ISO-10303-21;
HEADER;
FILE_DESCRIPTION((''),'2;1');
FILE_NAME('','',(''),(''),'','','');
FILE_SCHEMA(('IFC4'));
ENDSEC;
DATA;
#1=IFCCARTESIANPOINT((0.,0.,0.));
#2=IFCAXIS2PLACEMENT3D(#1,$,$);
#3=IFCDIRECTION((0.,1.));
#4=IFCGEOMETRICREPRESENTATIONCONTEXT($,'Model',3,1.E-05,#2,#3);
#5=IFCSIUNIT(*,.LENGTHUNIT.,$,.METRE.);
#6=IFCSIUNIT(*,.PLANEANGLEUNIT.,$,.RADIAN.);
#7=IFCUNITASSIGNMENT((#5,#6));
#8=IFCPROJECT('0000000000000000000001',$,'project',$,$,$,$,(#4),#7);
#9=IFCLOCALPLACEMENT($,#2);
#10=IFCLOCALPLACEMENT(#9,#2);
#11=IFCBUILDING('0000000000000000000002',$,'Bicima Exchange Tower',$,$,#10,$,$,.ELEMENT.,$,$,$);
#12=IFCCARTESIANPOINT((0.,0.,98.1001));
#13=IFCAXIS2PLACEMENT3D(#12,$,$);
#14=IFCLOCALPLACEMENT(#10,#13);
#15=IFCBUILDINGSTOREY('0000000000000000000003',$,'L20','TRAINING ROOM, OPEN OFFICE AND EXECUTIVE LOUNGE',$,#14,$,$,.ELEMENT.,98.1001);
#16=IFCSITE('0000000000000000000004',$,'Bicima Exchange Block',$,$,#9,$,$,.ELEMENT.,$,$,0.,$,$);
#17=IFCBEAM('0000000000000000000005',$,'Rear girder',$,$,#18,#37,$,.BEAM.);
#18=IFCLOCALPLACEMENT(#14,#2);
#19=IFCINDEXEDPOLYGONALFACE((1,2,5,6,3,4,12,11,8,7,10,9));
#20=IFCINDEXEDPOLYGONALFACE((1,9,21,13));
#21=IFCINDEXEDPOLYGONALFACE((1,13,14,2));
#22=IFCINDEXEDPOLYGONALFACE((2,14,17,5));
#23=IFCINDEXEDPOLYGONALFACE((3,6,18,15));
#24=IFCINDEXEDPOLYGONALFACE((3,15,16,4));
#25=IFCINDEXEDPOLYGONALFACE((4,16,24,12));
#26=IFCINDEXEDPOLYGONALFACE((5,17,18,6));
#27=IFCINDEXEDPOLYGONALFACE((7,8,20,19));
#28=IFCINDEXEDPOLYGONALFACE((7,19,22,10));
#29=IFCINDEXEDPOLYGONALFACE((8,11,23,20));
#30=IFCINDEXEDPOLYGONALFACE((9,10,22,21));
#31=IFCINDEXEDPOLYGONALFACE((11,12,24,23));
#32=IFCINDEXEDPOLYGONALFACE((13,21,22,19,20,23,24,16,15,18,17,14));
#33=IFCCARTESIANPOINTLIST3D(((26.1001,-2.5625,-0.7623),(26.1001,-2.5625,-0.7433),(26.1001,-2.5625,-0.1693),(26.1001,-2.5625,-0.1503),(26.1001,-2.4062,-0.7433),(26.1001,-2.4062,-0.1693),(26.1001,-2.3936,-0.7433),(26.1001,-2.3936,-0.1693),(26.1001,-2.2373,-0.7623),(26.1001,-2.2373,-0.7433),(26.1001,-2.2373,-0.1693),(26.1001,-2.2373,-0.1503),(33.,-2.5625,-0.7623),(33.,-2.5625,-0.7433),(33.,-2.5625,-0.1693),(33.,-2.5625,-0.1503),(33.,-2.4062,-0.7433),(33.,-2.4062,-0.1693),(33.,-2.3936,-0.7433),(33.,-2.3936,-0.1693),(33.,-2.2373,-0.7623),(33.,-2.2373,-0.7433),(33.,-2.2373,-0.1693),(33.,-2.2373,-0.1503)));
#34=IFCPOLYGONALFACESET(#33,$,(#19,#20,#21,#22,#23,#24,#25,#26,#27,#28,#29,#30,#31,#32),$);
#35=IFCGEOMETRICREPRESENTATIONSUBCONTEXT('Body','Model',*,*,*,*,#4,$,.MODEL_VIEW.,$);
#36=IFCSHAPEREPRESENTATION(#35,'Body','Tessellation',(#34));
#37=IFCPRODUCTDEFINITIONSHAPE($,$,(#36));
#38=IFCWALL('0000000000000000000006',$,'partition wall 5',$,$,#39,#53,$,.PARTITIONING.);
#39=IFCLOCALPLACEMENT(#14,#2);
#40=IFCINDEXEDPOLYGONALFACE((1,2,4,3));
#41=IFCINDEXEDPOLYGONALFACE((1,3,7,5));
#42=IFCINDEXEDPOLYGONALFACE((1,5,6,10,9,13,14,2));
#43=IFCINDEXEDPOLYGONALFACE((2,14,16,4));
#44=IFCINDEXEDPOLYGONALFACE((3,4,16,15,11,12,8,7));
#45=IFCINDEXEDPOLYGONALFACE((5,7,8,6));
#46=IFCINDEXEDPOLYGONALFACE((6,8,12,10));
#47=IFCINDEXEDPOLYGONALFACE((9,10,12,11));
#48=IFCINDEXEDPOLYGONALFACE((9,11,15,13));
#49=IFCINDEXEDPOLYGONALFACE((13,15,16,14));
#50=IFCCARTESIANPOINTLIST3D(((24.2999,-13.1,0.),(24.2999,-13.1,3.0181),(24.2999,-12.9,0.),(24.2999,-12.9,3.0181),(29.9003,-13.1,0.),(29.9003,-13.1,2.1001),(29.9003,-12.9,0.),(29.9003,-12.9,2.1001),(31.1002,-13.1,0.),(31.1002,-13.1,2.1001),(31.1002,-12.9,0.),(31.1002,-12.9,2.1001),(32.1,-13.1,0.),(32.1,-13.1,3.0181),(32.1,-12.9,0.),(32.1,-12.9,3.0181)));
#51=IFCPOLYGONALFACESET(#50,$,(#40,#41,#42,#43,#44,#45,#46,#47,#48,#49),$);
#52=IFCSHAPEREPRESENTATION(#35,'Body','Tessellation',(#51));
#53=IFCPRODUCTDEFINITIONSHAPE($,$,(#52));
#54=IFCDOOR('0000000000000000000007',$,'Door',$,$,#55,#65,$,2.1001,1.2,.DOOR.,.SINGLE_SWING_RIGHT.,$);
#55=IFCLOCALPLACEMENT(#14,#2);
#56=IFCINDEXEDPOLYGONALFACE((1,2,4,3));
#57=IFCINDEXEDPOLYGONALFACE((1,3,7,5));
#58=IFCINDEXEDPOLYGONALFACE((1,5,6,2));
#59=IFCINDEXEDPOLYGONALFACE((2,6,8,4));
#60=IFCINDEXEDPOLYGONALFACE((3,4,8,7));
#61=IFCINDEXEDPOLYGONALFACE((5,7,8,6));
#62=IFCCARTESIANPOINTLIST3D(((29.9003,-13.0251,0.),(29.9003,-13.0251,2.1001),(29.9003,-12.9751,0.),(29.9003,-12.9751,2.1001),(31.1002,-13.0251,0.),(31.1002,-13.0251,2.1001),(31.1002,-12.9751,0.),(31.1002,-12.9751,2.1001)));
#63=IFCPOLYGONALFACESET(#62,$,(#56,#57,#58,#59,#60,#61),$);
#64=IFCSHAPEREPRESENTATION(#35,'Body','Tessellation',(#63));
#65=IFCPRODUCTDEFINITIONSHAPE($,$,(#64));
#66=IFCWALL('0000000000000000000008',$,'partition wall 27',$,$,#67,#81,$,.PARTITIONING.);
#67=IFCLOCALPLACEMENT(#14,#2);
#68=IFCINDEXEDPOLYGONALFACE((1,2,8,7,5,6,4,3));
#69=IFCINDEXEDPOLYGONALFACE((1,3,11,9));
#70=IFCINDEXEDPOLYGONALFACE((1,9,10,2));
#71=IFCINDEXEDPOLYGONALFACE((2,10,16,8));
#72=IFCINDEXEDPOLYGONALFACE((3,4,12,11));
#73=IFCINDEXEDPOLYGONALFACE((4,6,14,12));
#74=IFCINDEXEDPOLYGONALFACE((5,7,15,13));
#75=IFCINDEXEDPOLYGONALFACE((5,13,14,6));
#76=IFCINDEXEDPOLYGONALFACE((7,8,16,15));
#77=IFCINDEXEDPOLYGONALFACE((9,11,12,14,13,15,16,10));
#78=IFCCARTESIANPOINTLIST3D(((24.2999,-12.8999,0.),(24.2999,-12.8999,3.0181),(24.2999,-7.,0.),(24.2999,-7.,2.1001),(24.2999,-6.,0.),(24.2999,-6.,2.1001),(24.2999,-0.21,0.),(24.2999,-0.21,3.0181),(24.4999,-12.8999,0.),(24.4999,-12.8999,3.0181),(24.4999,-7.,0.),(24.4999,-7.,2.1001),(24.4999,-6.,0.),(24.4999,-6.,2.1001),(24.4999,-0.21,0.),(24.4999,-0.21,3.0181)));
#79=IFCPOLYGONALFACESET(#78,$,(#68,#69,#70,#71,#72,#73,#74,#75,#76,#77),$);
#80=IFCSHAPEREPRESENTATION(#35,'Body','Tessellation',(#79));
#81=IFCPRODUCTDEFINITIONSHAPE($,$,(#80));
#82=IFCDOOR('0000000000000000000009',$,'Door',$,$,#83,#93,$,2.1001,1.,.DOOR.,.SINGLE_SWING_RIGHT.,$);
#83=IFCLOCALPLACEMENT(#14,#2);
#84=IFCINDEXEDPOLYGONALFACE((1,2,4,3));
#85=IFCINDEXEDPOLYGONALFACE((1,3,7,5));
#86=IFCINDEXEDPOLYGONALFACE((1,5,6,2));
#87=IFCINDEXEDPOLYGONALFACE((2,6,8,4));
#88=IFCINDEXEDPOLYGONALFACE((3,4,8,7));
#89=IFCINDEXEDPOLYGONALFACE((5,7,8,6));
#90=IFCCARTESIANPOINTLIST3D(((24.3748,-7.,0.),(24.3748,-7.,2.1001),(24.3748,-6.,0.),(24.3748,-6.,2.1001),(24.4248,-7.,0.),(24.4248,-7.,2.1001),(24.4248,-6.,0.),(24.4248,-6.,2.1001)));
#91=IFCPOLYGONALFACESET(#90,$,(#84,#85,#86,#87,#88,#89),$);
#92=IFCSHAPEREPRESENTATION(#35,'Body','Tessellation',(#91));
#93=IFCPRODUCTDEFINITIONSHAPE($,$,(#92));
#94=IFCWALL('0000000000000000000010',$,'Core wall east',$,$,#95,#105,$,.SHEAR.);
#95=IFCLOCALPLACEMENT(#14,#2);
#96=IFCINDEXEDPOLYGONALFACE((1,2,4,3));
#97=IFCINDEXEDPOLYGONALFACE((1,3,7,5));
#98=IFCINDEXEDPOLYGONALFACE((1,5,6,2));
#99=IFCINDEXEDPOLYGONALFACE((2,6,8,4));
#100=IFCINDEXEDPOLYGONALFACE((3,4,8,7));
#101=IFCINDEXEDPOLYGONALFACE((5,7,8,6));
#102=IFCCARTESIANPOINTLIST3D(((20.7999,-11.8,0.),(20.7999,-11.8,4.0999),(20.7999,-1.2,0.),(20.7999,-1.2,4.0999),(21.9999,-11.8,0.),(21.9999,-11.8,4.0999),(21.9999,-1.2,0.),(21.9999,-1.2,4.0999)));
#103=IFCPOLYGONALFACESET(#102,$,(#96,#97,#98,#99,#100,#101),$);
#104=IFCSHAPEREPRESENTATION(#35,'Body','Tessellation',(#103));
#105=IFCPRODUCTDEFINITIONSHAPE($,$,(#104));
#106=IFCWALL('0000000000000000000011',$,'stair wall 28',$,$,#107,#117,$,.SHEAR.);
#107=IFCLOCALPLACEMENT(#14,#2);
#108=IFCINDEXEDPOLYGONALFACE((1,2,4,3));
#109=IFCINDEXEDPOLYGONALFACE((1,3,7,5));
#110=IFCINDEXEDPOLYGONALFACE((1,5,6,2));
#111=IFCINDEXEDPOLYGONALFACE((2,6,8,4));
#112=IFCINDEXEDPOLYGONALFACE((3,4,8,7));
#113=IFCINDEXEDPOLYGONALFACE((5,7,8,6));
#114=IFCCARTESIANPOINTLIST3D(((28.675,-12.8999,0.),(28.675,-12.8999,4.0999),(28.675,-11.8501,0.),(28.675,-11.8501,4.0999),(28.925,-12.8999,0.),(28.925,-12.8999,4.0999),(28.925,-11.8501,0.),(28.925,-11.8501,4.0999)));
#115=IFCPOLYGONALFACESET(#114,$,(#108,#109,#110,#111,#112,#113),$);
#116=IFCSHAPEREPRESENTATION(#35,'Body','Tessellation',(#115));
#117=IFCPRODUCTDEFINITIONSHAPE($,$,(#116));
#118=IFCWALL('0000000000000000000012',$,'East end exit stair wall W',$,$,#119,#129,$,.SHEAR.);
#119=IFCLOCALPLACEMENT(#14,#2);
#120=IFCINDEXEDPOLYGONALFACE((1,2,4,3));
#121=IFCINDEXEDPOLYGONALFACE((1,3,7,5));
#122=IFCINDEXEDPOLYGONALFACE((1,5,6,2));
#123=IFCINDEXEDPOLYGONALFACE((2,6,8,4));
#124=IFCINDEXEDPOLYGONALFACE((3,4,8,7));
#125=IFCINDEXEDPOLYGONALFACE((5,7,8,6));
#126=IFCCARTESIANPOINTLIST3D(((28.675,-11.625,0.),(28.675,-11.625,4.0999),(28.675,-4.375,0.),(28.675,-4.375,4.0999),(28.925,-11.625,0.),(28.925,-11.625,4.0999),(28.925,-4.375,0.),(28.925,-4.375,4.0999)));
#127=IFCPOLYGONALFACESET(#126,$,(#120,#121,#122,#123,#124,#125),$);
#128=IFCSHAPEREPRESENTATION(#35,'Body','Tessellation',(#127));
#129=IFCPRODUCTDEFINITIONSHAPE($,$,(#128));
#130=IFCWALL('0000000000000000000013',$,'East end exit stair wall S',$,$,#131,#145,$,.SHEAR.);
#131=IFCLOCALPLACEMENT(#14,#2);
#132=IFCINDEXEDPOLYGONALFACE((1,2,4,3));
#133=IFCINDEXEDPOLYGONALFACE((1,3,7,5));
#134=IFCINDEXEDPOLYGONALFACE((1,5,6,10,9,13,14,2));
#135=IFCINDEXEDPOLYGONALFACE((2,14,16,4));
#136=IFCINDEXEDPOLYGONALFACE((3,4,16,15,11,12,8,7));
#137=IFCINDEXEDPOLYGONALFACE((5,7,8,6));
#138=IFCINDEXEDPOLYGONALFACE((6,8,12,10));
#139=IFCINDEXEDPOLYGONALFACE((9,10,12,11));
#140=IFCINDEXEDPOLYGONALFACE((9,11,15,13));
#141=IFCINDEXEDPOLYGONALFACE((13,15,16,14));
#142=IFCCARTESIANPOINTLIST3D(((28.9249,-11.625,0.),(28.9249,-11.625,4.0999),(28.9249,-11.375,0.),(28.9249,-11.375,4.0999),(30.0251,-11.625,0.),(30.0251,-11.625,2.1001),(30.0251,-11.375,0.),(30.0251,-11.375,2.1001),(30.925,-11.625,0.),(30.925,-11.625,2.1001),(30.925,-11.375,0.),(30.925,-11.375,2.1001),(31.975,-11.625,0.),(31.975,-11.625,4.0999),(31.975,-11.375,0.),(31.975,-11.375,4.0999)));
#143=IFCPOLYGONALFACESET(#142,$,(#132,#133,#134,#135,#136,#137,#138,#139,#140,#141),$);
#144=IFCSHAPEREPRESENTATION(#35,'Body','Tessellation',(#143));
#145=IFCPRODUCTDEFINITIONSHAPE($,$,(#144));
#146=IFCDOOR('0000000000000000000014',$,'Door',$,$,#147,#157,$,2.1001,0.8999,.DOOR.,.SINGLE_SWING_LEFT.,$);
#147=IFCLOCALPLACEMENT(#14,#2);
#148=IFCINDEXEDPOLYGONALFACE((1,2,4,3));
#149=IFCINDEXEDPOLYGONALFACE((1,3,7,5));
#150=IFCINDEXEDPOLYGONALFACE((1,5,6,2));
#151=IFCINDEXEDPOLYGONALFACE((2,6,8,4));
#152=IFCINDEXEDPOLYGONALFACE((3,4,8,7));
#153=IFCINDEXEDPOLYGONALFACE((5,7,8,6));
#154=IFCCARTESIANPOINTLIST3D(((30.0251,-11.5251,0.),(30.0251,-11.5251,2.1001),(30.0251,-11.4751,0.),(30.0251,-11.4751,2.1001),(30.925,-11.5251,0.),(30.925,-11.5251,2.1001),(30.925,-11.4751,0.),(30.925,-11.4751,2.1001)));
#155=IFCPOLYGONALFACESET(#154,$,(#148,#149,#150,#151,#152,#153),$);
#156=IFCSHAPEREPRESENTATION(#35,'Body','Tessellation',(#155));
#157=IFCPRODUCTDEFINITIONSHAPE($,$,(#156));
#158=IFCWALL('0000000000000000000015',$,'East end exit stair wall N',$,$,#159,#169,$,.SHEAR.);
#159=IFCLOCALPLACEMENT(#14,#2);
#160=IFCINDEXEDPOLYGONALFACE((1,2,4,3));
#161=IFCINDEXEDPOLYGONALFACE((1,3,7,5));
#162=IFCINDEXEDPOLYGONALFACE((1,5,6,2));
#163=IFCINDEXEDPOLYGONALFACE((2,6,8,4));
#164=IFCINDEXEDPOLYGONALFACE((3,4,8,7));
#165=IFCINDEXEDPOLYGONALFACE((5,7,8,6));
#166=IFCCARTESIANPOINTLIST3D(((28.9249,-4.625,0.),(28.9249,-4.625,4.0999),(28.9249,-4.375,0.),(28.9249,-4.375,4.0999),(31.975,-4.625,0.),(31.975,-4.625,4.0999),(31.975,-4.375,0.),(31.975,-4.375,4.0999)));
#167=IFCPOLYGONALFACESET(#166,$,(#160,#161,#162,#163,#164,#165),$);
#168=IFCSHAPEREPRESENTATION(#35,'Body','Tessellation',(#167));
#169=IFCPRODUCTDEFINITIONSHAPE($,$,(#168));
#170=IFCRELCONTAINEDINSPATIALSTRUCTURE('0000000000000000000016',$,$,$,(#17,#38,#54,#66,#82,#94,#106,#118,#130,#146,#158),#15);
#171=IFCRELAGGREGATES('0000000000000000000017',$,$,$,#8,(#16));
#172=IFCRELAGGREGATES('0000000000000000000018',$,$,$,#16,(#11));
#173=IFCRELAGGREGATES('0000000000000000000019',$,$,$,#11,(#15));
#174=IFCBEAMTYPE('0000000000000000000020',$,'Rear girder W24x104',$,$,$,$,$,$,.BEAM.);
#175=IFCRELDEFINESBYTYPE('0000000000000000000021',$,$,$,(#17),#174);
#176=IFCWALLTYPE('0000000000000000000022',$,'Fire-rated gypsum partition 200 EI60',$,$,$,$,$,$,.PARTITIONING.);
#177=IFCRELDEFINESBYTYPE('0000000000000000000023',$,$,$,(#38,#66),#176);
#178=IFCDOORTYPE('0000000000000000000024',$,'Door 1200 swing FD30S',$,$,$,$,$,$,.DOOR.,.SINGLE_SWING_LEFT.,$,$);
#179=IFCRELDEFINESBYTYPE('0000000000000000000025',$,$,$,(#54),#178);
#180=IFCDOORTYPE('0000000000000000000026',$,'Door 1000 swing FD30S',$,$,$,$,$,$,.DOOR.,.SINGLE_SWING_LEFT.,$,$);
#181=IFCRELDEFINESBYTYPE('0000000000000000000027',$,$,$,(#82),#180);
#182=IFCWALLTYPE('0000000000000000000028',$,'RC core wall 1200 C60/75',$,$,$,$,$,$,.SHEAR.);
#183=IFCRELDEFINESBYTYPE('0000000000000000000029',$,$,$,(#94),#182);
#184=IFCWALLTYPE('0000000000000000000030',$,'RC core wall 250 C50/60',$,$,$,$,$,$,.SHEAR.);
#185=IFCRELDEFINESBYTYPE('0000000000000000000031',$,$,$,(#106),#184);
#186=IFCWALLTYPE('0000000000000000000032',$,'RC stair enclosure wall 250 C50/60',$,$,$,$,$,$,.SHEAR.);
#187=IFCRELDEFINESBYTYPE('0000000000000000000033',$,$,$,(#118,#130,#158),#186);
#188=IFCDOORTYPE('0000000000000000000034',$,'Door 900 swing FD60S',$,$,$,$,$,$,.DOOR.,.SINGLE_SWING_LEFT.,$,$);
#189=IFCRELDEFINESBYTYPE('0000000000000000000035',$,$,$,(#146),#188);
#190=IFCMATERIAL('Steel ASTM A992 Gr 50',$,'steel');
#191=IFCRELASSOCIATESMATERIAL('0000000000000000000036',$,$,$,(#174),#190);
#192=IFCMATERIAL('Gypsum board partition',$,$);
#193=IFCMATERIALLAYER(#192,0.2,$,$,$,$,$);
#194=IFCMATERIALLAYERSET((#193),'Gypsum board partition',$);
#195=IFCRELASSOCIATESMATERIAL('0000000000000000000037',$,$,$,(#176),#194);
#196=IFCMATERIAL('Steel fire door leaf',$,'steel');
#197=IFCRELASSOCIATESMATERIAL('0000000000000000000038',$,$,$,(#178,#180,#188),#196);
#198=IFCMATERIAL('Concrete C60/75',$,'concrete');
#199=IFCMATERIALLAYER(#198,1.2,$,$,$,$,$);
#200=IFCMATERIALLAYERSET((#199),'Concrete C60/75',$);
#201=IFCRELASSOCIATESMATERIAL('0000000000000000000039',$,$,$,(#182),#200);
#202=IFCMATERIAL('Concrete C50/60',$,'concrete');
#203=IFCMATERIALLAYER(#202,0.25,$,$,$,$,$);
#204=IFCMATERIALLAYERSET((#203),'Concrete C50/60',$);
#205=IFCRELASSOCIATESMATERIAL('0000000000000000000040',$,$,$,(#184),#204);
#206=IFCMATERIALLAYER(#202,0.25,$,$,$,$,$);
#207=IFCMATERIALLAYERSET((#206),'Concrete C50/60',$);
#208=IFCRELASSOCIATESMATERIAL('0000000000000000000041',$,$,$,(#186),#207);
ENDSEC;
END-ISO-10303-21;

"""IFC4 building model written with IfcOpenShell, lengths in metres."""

from ifc_helpers import new_model, si_unit, direction, frame, frame_2d, origin, origin_2d, place, context, subcontext, project, spatial, rectangle, i_section, extrude, material, layer, layer_set, material_profile, profile_set, type_object, element, fill, save


model = new_model("IFC4")

# Units and contexts
model_context = context("Model", 3, precision=1e-05, world=origin(), true_north=direction((0.0, 1.0)))
body_context = subcontext(model_context, "Body", "Model", "MODEL_VIEW")
ifc_project = project(units=[si_unit("LENGTHUNIT", "METRE"), si_unit("PLANEANGLEUNIT", "RADIAN")], contexts=[model_context])

# Site, building, storey
site_placement = place(None, origin())
site = spatial("IfcSite", under=ifc_project, at=site_placement, Name="Bicima Exchange Block", CompositionType="ELEMENT", RefElevation=0.0)
building_placement = place(site_placement, origin())
building = spatial("IfcBuilding", under=site, at=building_placement, Name="Bicima Exchange Tower", CompositionType="ELEMENT")
storey_placement = place(building_placement, frame((0.0, 0.0, 98.1001)))
storey = spatial("IfcBuildingStorey", under=building, at=storey_placement, Name="L20", Description="TRAINING ROOM, OPEN OFFICE AND EXECUTIVE LOUNGE", CompositionType="ELEMENT", Elevation=98.1001)

# Shared definitions
ifc_material_1 = material(Name="Steel ASTM A992 Gr 50", Category="steel")

# Beam
ifc_material_profile_1 = material_profile(ifc_material_1, i_section(OverallWidth=0.3252, OverallDepth=0.6121, WebThickness=0.0127, FlangeThickness=0.019, at=origin_2d()))
ifc_profile_set_1 = profile_set([ifc_material_profile_1], Name="Steel ASTM A992 Gr 50")
beam_type_1 = type_object("IfcBeamType", Name="Rear girder W24x104", PredefinedType="BEAM", material=ifc_profile_set_1)
beam_1_placement = place(storey_placement, frame((26.1001, -2.3999, -0.4563), z_axis=(1.0, 0.0, 0.0), x_axis=(0.0, 1.0, 0.0)))
element("IfcBeam", 1, at=beam_1_placement, inside=storey, type_object=beam_type_1, Name="Rear girder", PredefinedType="BEAM", context=body_context, shape_type="SweptSolid", body=[
    extrude(i_section(OverallWidth=0.3252, OverallDepth=0.6121, WebThickness=0.0127, FlangeThickness=0.019, at=origin_2d()), origin(), (0.0, 0.0, 1.0), 6.8999),
])

# Walls, openings, doors
ifc_material_2 = material(Name="Gypsum board partition")
ifc_layer_1 = layer(ifc_material_2, 0.2)
ifc_layer_set_1 = layer_set([ifc_layer_1], Name="Gypsum board partition")
wall_type_1 = type_object("IfcWallType", Name="Fire-rated gypsum partition 200 EI60", PredefinedType="PARTITIONING", material=ifc_layer_set_1)
wall_1_placement = place(storey_placement, frame((24.3, -13.0, 0.0), z_axis=(0.0, 0.0, 1.0), x_axis=(1.0, 0.0, 0.0)))
wall_1 = element("IfcWall", 2, at=wall_1_placement, inside=storey, type_object=wall_type_1, Name="partition wall 5", PredefinedType="PARTITIONING", context=body_context, shape_type="SweptSolid", body=[
    extrude(rectangle(XDim=7.8, YDim=0.2, at=frame_2d((3.8999, 0.0))), origin(), (0.0, 0.0, 1.0), 3.0181),
])
opening_1_placement = place(wall_1_placement, frame((5.6001, 0.0, 0.0)))
opening_1 = element("IfcOpeningElement", 3, at=opening_1_placement, cuts=wall_1, PredefinedType="OPENING", context=body_context, shape_type="SweptSolid", body=[
    extrude(rectangle(XDim=1.2, YDim=2.1001, at=frame_2d((0.6001, 1.05))), frame((0.0, 0.1118, 0.0), z_axis=(0.0, -1.0, 0.0), x_axis=(1.0, 0.0, 0.0)), (0.0, 0.0, 1.0), 0.2239),
])
ifc_material_3 = material(Name="Steel fire door leaf", Category="steel")
door_type_1 = type_object("IfcDoorType", Name="Door 1200 swing FD30S", OperationType="SINGLE_SWING_LEFT", PredefinedType="DOOR", material=ifc_material_3)
door_1_placement = place(opening_1_placement, origin())
door_1 = element("IfcDoor", 4, at=door_1_placement, inside=storey, type_object=door_type_1, Name="Door", OperationType="SINGLE_SWING_RIGHT", OverallHeight=2.1001, OverallWidth=1.2, PredefinedType="DOOR", context=body_context, shape_type="SweptSolid", body=[
    extrude(rectangle(XDim=1.2, YDim=2.1001, at=frame_2d((0.6001, 1.05))), frame((0.0, 0.0249, 0.0), z_axis=(0.0, -1.0, 0.0), x_axis=(1.0, 0.0, 0.0)), (0.0, 0.0, 1.0), 0.05),
])
fill(opening_1, door_1)
wall_2_placement = place(storey_placement, frame((24.3999, -12.8999, 0.0), z_axis=(0.0, 0.0, 1.0), x_axis=(0.0, 1.0, 0.0)))
wall_2 = element("IfcWall", 5, at=wall_2_placement, inside=storey, type_object=wall_type_1, Name="partition wall 27", PredefinedType="PARTITIONING", context=body_context, shape_type="SweptSolid", body=[
    extrude(rectangle(XDim=12.6899, YDim=0.2, at=frame_2d((6.345, 0.0))), origin(), (0.0, 0.0, 1.0), 3.0181),
])
opening_2_placement = place(wall_2_placement, frame((5.8999, 0.0, 0.0)))
opening_2 = element("IfcOpeningElement", 6, at=opening_2_placement, cuts=wall_2, PredefinedType="OPENING", context=body_context, shape_type="SweptSolid", body=[
    extrude(rectangle(XDim=1.0, YDim=2.1001, at=frame_2d((0.5, 1.05))), frame((0.0, 0.1118, 0.0), z_axis=(0.0, -1.0, 0.0), x_axis=(1.0, 0.0, 0.0)), (0.0, 0.0, 1.0), 0.2239),
])
door_type_2 = type_object("IfcDoorType", Name="Door 1000 swing FD30S", OperationType="SINGLE_SWING_LEFT", PredefinedType="DOOR", material=ifc_material_3)
door_2_placement = place(opening_2_placement, frame((1.0, 0.0, 0.0), z_axis=(0.0, 0.0, 1.0), x_axis=(-1.0, 0.0, 0.0)))
door_2 = element("IfcDoor", 7, at=door_2_placement, inside=storey, type_object=door_type_2, Name="Door", OperationType="SINGLE_SWING_RIGHT", OverallHeight=2.1001, OverallWidth=1.0, PredefinedType="DOOR", context=body_context, shape_type="SweptSolid", body=[
    extrude(rectangle(XDim=1.0, YDim=2.1001, at=frame_2d((0.5, 1.05))), frame((0.0, 0.0249, 0.0), z_axis=(0.0, -1.0, 0.0), x_axis=(1.0, 0.0, 0.0)), (0.0, 0.0, 1.0), 0.05),
])
fill(opening_2, door_2)

# Walls
ifc_material_4 = material(Name="Concrete C60/75", Category="concrete")
ifc_layer_2 = layer(ifc_material_4, 1.2)
ifc_layer_set_2 = layer_set([ifc_layer_2], Name="Concrete C60/75")
wall_type_2 = type_object("IfcWallType", Name="RC core wall 1200 C60/75", PredefinedType="SHEAR", material=ifc_layer_set_2)
wall_3_placement = place(storey_placement, frame((21.3999, -11.8, 0.0), z_axis=(0.0, 0.0, 1.0), x_axis=(0.0, 1.0, 0.0)))
element("IfcWall", 8, at=wall_3_placement, inside=storey, type_object=wall_type_2, Name="Core wall east", PredefinedType="SHEAR", context=body_context, shape_type="SweptSolid", body=[
    extrude(rectangle(XDim=10.6001, YDim=1.2, at=frame_2d((5.3, 0.0))), origin(), (0.0, 0.0, 1.0), 4.0999),
])
ifc_material_5 = material(Name="Concrete C50/60", Category="concrete")
ifc_layer_3 = layer(ifc_material_5, 0.25)
ifc_layer_set_3 = layer_set([ifc_layer_3], Name="Concrete C50/60")
wall_type_3 = type_object("IfcWallType", Name="RC core wall 250 C50/60", PredefinedType="SHEAR", material=ifc_layer_set_3)
wall_4_placement = place(storey_placement, frame((28.8, -12.8999, 0.0), z_axis=(0.0, 0.0, 1.0), x_axis=(0.0, 1.0, 0.0)))
element("IfcWall", 9, at=wall_4_placement, inside=storey, type_object=wall_type_3, Name="stair wall 28", PredefinedType="SHEAR", context=body_context, shape_type="SweptSolid", body=[
    extrude(rectangle(XDim=1.0498, YDim=0.25, at=frame_2d((0.5249, 0.0))), origin(), (0.0, 0.0, 1.0), 4.0999),
])
ifc_layer_4 = layer(ifc_material_5, 0.25)
ifc_layer_set_4 = layer_set([ifc_layer_4], Name="Concrete C50/60")
wall_type_4 = type_object("IfcWallType", Name="RC stair enclosure wall 250 C50/60", PredefinedType="SHEAR", material=ifc_layer_set_4)
wall_5_placement = place(storey_placement, frame((28.8, -11.625, 0.0), z_axis=(0.0, 0.0, 1.0), x_axis=(0.0, 1.0, 0.0)))
element("IfcWall", 10, at=wall_5_placement, inside=storey, type_object=wall_type_4, Name="East end exit stair wall W", PredefinedType="SHEAR", context=body_context, shape_type="SweptSolid", body=[
    extrude(rectangle(XDim=7.25, YDim=0.25, at=frame_2d((3.625, 0.0))), origin(), (0.0, 0.0, 1.0), 4.0999),
])

# Wall, opening, door
wall_6_placement = place(storey_placement, frame((28.925, -11.5, 0.0), z_axis=(0.0, 0.0, 1.0), x_axis=(1.0, 0.0, 0.0)))
wall_6 = element("IfcWall", 11, at=wall_6_placement, inside=storey, type_object=wall_type_4, Name="East end exit stair wall S", PredefinedType="SHEAR", context=body_context, shape_type="SweptSolid", body=[
    extrude(rectangle(XDim=3.05, YDim=0.25, at=frame_2d((1.5249, 0.0))), origin(), (0.0, 0.0, 1.0), 4.0999),
])
opening_3_placement = place(wall_6_placement, frame((1.1001, 0.0, 0.0)))
opening_3 = element("IfcOpeningElement", 12, at=opening_3_placement, cuts=wall_6, PredefinedType="OPENING", context=body_context, shape_type="SweptSolid", body=[
    extrude(rectangle(XDim=0.8999, YDim=2.1001, at=frame_2d((0.45, 1.05))), frame((0.0, 0.137, 0.0), z_axis=(0.0, -1.0, 0.0), x_axis=(1.0, 0.0, 0.0)), (0.0, 0.0, 1.0), 0.2739),
])
door_type_3 = type_object("IfcDoorType", Name="Door 900 swing FD60S", OperationType="SINGLE_SWING_LEFT", PredefinedType="DOOR", material=ifc_material_3)
door_3_placement = place(opening_3_placement, origin())
door_3 = element("IfcDoor", 13, at=door_3_placement, inside=storey, type_object=door_type_3, Name="Door", OperationType="SINGLE_SWING_LEFT", OverallHeight=2.1001, OverallWidth=0.8999, PredefinedType="DOOR", context=body_context, shape_type="SweptSolid", body=[
    extrude(rectangle(XDim=0.8999, YDim=2.1001, at=frame_2d((0.45, 1.05))), frame((0.0, 0.0249, 0.0), z_axis=(0.0, -1.0, 0.0), x_axis=(1.0, 0.0, 0.0)), (0.0, 0.0, 1.0), 0.05),
])
fill(opening_3, door_3)

# Wall
wall_7_placement = place(storey_placement, frame((28.925, -4.5, 0.0), z_axis=(0.0, 0.0, 1.0), x_axis=(1.0, 0.0, 0.0)))
element("IfcWall", 14, at=wall_7_placement, inside=storey, type_object=wall_type_4, Name="East end exit stair wall N", PredefinedType="SHEAR", context=body_context, shape_type="SweptSolid", body=[
    extrude(rectangle(XDim=3.05, YDim=0.25, at=frame_2d((1.5249, 0.0))), origin(), (0.0, 0.0, 1.0), 4.0999),
])

save(model, "model.ifc")
